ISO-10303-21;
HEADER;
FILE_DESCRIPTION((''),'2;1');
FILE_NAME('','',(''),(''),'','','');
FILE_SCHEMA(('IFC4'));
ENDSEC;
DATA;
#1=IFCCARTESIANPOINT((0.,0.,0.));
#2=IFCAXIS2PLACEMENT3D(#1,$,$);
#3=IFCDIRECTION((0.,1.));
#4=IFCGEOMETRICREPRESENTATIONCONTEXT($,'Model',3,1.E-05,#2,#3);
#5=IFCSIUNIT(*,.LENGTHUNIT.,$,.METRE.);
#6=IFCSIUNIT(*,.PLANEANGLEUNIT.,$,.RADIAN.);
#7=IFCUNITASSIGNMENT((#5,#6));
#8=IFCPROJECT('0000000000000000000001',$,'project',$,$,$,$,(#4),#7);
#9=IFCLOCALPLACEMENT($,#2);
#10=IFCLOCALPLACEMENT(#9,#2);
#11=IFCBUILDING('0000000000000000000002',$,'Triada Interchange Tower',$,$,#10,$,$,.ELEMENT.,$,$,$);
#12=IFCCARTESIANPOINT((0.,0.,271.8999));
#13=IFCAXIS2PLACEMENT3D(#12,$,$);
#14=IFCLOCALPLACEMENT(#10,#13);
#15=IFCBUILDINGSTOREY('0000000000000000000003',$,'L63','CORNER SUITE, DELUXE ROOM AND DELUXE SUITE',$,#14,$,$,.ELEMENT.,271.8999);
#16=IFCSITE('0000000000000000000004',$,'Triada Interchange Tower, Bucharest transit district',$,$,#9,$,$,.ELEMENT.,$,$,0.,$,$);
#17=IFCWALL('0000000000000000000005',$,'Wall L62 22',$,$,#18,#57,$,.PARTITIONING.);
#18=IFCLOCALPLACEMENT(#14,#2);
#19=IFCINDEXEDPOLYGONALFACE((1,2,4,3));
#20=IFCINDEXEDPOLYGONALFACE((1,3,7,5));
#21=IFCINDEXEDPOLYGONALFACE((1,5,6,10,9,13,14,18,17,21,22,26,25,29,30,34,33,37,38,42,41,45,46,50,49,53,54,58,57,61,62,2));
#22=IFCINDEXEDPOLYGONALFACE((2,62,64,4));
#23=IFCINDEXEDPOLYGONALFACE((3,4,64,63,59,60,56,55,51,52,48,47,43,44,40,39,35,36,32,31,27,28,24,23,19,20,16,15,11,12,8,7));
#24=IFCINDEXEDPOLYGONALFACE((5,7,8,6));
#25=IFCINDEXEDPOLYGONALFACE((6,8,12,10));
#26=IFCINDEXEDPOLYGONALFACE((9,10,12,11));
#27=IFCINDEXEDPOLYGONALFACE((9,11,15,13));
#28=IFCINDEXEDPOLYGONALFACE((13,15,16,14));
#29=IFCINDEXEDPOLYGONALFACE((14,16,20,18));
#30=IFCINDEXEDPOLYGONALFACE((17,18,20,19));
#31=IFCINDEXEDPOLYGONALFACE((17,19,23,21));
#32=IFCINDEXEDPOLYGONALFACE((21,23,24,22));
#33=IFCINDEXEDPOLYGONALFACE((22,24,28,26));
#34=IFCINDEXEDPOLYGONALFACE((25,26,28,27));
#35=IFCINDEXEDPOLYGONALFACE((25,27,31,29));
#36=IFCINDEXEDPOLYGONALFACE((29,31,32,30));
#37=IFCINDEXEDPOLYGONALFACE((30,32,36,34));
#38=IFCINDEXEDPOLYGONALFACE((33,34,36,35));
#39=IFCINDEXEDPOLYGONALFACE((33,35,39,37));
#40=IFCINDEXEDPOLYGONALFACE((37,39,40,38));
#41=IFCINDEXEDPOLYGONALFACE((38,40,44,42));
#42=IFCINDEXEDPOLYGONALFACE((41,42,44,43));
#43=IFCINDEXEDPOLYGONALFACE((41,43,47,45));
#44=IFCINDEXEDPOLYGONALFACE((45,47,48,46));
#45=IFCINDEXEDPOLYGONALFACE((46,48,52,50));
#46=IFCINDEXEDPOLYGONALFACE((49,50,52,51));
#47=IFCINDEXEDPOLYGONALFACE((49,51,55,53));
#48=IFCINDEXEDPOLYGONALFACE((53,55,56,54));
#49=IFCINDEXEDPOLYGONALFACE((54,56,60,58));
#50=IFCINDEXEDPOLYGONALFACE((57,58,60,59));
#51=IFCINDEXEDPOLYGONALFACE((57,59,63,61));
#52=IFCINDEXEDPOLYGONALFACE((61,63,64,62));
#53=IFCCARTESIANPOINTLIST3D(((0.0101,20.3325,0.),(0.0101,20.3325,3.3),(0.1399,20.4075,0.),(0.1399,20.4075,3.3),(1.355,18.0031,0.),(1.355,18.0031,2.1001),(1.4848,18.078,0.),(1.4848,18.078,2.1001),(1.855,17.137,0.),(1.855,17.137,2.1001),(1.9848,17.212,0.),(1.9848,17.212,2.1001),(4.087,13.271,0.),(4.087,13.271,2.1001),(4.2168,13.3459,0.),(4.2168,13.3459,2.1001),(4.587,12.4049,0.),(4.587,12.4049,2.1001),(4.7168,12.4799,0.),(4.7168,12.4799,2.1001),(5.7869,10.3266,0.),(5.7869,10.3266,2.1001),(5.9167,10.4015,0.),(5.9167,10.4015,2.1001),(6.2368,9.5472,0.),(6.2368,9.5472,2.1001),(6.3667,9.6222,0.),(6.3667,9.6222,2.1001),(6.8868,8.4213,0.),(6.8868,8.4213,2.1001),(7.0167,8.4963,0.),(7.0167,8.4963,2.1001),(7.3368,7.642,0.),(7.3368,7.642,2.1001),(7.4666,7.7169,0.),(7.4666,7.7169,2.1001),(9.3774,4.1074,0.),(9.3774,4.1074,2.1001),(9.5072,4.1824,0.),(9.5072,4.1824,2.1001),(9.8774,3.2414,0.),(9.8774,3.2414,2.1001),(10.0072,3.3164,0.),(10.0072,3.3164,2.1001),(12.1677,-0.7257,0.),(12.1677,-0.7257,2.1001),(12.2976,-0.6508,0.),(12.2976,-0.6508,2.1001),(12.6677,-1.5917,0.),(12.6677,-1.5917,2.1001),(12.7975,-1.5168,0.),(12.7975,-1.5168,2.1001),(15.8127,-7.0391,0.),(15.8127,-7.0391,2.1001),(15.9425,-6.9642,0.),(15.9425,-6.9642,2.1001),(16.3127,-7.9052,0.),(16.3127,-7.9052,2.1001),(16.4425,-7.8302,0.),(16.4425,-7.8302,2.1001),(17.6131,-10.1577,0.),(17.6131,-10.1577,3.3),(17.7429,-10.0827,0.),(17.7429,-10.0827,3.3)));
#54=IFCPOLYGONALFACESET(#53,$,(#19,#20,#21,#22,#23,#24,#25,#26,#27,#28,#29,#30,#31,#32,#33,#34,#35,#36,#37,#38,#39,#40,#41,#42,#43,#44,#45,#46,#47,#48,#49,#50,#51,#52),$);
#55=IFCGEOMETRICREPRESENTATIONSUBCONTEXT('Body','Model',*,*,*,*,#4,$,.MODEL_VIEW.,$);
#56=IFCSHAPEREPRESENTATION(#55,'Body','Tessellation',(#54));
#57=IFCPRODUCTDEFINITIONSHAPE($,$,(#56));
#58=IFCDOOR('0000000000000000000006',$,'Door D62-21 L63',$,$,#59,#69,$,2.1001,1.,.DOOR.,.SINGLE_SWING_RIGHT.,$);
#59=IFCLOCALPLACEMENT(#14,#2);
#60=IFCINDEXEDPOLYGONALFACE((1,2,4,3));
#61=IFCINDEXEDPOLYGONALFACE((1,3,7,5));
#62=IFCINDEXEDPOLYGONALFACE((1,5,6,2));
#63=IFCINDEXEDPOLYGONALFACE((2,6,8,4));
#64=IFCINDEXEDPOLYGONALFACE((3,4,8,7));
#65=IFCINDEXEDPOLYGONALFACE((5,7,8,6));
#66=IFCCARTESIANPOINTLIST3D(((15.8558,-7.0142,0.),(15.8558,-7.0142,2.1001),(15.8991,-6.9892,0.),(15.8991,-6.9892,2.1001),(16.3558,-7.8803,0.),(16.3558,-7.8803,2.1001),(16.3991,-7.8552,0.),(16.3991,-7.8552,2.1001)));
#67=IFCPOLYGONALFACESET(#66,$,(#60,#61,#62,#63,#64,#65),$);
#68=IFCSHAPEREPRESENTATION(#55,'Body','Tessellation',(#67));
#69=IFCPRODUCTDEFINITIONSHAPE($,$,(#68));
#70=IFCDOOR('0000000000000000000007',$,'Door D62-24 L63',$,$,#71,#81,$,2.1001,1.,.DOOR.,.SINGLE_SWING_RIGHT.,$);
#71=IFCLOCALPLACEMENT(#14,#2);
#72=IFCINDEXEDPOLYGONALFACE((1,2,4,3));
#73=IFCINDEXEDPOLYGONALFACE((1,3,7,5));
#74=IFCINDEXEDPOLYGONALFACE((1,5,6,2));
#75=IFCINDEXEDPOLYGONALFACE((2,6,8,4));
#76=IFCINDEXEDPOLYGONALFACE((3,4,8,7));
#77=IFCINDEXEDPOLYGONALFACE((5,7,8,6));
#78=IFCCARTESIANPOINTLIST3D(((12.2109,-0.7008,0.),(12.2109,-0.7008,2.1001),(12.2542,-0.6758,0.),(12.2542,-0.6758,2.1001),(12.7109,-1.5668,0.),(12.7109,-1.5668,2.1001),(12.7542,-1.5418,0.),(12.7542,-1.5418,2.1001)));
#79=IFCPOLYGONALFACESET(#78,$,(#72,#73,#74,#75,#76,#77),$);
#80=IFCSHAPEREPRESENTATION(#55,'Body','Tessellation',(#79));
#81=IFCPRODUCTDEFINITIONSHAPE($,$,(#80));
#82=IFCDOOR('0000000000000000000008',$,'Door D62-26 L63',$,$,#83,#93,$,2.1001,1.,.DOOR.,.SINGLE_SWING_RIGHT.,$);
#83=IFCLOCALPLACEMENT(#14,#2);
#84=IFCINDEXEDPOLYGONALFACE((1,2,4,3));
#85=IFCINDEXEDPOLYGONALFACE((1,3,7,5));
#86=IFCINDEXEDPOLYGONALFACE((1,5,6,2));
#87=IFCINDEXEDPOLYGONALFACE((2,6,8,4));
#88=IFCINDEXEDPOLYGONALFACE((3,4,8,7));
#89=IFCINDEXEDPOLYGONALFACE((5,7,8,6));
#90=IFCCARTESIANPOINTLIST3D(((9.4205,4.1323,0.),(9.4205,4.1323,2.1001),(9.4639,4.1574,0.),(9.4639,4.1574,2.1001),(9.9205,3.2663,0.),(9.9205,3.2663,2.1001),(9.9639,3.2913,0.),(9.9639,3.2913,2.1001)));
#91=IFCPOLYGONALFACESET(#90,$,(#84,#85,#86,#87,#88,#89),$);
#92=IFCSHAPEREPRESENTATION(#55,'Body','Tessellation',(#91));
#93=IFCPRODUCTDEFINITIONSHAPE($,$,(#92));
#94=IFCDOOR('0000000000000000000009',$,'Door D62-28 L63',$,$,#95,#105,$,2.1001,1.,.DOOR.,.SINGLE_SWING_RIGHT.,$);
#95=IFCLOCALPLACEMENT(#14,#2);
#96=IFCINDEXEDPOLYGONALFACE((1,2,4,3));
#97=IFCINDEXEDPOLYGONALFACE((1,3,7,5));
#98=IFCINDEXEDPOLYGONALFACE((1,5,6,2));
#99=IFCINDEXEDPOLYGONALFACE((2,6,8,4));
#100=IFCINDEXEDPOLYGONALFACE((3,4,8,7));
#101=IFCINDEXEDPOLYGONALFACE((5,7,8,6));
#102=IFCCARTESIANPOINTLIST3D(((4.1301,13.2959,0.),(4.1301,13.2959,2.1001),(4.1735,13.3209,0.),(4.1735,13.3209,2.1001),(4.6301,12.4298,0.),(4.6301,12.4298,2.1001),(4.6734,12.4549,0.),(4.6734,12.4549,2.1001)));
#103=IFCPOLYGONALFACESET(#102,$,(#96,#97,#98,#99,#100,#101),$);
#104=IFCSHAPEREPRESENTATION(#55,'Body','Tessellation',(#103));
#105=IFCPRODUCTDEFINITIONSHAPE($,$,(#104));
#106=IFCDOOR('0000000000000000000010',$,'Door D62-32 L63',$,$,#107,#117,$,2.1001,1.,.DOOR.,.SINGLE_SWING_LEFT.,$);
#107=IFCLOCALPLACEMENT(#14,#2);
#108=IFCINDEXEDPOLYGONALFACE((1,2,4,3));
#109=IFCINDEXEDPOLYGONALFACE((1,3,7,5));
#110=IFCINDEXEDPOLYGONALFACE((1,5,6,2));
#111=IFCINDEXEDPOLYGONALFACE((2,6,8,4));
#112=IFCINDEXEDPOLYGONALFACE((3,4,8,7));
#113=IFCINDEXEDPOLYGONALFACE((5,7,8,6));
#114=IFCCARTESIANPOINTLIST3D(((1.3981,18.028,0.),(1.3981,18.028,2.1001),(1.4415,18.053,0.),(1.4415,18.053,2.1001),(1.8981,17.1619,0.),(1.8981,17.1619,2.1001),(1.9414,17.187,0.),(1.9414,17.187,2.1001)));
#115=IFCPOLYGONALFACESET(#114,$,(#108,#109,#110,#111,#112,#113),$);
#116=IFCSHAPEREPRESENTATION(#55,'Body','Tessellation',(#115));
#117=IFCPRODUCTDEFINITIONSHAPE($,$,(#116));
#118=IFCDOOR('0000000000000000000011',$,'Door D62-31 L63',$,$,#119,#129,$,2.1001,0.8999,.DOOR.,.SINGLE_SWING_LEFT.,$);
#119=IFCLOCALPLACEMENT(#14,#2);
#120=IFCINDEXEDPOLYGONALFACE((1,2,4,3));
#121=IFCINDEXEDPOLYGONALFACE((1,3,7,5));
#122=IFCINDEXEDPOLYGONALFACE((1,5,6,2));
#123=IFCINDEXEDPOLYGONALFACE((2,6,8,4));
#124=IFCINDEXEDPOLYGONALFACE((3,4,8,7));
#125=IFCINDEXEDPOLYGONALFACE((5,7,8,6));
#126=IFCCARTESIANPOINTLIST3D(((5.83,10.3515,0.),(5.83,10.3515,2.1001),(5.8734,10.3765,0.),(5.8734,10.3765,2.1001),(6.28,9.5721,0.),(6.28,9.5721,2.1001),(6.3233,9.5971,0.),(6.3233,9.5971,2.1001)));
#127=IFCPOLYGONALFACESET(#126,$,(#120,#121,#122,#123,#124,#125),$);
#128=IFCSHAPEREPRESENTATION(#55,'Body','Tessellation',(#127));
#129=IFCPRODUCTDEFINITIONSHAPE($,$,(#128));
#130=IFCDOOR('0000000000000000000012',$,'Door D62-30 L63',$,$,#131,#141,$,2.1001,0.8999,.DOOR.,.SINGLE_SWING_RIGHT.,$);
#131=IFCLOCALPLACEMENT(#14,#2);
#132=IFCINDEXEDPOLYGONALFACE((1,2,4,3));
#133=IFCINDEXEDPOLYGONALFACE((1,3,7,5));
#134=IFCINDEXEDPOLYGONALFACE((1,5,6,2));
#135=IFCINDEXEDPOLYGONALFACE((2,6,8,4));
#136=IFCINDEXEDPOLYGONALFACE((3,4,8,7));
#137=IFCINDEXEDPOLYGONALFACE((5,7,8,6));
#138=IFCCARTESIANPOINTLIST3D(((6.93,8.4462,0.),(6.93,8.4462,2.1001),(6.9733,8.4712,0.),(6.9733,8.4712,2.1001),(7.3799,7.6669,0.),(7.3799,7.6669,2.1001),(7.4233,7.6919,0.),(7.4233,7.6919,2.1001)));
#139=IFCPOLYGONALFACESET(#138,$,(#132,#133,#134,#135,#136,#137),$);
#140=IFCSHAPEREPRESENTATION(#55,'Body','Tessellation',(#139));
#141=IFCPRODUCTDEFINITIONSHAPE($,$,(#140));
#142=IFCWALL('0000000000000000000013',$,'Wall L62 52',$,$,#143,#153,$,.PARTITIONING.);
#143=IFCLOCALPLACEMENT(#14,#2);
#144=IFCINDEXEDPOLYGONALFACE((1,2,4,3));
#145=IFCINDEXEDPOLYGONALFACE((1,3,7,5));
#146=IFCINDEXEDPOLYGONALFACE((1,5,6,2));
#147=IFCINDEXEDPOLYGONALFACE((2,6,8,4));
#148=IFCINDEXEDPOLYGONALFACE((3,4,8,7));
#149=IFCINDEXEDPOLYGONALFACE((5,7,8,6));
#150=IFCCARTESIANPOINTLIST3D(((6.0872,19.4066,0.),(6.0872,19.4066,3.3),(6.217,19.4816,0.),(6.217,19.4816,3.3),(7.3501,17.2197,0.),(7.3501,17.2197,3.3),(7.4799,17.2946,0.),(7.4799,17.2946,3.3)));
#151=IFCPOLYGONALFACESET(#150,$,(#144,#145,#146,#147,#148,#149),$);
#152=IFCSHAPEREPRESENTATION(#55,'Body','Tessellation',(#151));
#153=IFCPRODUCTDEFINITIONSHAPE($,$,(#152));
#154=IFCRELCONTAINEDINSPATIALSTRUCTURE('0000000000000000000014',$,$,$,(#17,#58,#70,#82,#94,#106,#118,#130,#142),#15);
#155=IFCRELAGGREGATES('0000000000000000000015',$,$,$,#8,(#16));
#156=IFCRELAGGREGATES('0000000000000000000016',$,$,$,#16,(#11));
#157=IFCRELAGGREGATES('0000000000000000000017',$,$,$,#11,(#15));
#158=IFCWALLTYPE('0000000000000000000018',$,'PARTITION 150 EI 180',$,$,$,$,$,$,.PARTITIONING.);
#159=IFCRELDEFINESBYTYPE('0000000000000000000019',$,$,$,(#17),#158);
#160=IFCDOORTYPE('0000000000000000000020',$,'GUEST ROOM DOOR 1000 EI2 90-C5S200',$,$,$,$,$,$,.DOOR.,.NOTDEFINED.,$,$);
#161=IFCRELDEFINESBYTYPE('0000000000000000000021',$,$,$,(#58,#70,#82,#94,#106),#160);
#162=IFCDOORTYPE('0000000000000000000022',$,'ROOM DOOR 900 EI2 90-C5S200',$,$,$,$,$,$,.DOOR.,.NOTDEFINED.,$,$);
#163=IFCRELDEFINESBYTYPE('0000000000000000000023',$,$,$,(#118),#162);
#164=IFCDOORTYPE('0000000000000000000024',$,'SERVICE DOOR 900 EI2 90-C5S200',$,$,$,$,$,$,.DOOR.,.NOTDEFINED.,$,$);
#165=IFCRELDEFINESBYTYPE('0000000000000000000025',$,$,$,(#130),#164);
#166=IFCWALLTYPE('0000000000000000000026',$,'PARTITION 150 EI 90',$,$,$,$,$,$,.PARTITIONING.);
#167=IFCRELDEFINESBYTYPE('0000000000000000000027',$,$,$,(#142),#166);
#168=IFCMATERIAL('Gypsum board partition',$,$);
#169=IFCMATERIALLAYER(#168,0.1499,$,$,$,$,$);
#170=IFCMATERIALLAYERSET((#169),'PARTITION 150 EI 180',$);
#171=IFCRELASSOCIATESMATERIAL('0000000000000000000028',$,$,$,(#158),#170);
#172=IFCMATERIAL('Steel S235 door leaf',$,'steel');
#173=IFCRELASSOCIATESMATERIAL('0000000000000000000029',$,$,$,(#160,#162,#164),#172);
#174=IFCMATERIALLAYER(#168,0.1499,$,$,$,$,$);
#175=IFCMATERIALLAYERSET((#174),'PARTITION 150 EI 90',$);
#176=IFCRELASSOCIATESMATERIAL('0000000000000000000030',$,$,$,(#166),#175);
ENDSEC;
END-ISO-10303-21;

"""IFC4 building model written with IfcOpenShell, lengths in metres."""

from ifc_helpers import new_model, si_unit, direction, frame, frame_2d, origin, place, context, subcontext, project, spatial, rectangle, extrude, material, layer, layer_set, type_object, element, fill, save


model = new_model("IFC4")

# Units and contexts
model_context = context("Model", 3, precision=1e-05, world=origin(), true_north=direction((0.0, 1.0)))
body_context = subcontext(model_context, "Body", "Model", "MODEL_VIEW")
ifc_project = project(units=[si_unit("LENGTHUNIT", "METRE"), si_unit("PLANEANGLEUNIT", "RADIAN")], contexts=[model_context])

# Site, building, storey
site_placement = place(None, origin())
site = spatial("IfcSite", under=ifc_project, at=site_placement, Name="Triada Interchange Tower, Bucharest transit district", CompositionType="ELEMENT", RefElevation=0.0)
building_placement = place(site_placement, origin())
building = spatial("IfcBuilding", under=site, at=building_placement, Name="Triada Interchange Tower", CompositionType="ELEMENT")
storey_placement = place(building_placement, frame((0.0, 0.0, 271.8999)))
storey = spatial("IfcBuildingStorey", under=building, at=storey_placement, Name="L63", Description="CORNER SUITE, DELUXE ROOM AND DELUXE SUITE", CompositionType="ELEMENT", Elevation=271.8999)

# Shared definitions
ifc_material_1 = material(Name="Gypsum board partition")
ifc_layer_1 = layer(ifc_material_1, 0.1499)
ifc_layer_set_1 = layer_set([ifc_layer_1], Name="PARTITION 150 EI 180")
wall_type_1 = type_object("IfcWallType", Name="PARTITION 150 EI 180", PredefinedType="PARTITIONING", material=ifc_layer_set_1)

# Wall, openings, doors
wall_1_placement = place(storey_placement, frame((0.075, 20.3701, 0.0), z_axis=(0.0, 0.0, 1.0), x_axis=(0.499989, -0.866032, 0.0)))
wall_1 = element("IfcWall", 1, at=wall_1_placement, inside=storey, type_object=wall_type_1, Name="Wall L62 22", PredefinedType="PARTITIONING", context=body_context, shape_type="SweptSolid", body=[
    extrude(rectangle(XDim=35.2068, YDim=0.1499, at=frame_2d((17.6035, 0.0))), origin(), (0.0, 0.0, 1.0), 3.3),
])
opening_1_placement = place(wall_1_placement, frame((31.606, 0.0, 0.0)))
opening_1 = element("IfcOpeningElement", 2, at=opening_1_placement, cuts=wall_1, PredefinedType="OPENING", context=body_context, shape_type="SweptSolid", body=[
    extrude(rectangle(XDim=1.0, YDim=2.1001, at=frame_2d((0.5, 1.05))), frame((0.0, 0.085, 0.0), z_axis=(0.0, -1.0, 0.0), x_axis=(1.0, 0.0, 0.0)), (0.0, 0.0, 1.0), 0.1699),
])
opening_2_placement = place(wall_1_placement, frame((24.3159, 0.0, 0.0)))
opening_2 = element("IfcOpeningElement", 3, at=opening_2_placement, cuts=wall_1, PredefinedType="OPENING", context=body_context, shape_type="SweptSolid", body=[
    extrude(rectangle(XDim=1.0, YDim=2.1001, at=frame_2d((0.5, 1.05))), frame((0.0, 0.085, 0.0), z_axis=(0.0, -1.0, 0.0), x_axis=(1.0, 0.0, 0.0)), (0.0, 0.0, 1.0), 0.1699),
])
opening_3_placement = place(wall_1_placement, frame((18.7351, 0.0, 0.0)))
opening_3 = element("IfcOpeningElement", 4, at=opening_3_placement, cuts=wall_1, PredefinedType="OPENING", context=body_context, shape_type="SweptSolid", body=[
    extrude(rectangle(XDim=1.0, YDim=2.1001, at=frame_2d((0.5, 1.05))), frame((0.0, 0.085, 0.0), z_axis=(0.0, -1.0, 0.0), x_axis=(1.0, 0.0, 0.0)), (0.0, 0.0, 1.0), 0.1699),
])
opening_4_placement = place(wall_1_placement, frame((8.1541, 0.0, 0.0)))
opening_4 = element("IfcOpeningElement", 5, at=opening_4_placement, cuts=wall_1, PredefinedType="OPENING", context=body_context, shape_type="SweptSolid", body=[
    extrude(rectangle(XDim=1.0, YDim=2.1001, at=frame_2d((0.5, 1.05))), frame((0.0, 0.085, 0.0), z_axis=(0.0, -1.0, 0.0), x_axis=(1.0, 0.0, 0.0)), (0.0, 0.0, 1.0), 0.1699),
])
opening_5_placement = place(wall_1_placement, frame((13.7539, 0.0, 0.0)))
opening_5 = element("IfcOpeningElement", 6, at=opening_5_placement, cuts=wall_1, PredefinedType="OPENING", context=body_context, shape_type="SweptSolid", body=[
    extrude(rectangle(XDim=0.8999, YDim=2.1001, at=frame_2d((0.45, 1.05))), frame((0.0, 0.085, 0.0), z_axis=(0.0, -1.0, 0.0), x_axis=(1.0, 0.0, 0.0)), (0.0, 0.0, 1.0), 0.1699),
])
opening_6_placement = place(wall_1_placement, frame((11.554, 0.0, 0.0)))
opening_6 = element("IfcOpeningElement", 7, at=opening_6_placement, cuts=wall_1, PredefinedType="OPENING", context=body_context, shape_type="SweptSolid", body=[
    extrude(rectangle(XDim=0.8999, YDim=2.1001, at=frame_2d((0.45, 1.05))), frame((0.0, 0.085, 0.0), z_axis=(0.0, -1.0, 0.0), x_axis=(1.0, 0.0, 0.0)), (0.0, 0.0, 1.0), 0.1699),
])
opening_7_placement = place(wall_1_placement, frame((2.6899, 0.0, 0.0)))
opening_7 = element("IfcOpeningElement", 8, at=opening_7_placement, cuts=wall_1, PredefinedType="OPENING", context=body_context, shape_type="SweptSolid", body=[
    extrude(rectangle(XDim=1.0, YDim=2.1001, at=frame_2d((0.5, 1.05))), frame((0.0, 0.085, 0.0), z_axis=(0.0, -1.0, 0.0), x_axis=(1.0, 0.0, 0.0)), (0.0, 0.0, 1.0), 0.1699),
])
ifc_material_2 = material(Name="Steel S235 door leaf", Category="steel")
door_type_1 = type_object("IfcDoorType", Name="GUEST ROOM DOOR 1000 EI2 90-C5S200", OperationType="NOTDEFINED", PredefinedType="DOOR", material=ifc_material_2)
door_1_placement = place(opening_1_placement, origin())
door_1 = element("IfcDoor", 9, at=door_1_placement, inside=storey, type_object=door_type_1, Name="Door D62-21 L63", OperationType="SINGLE_SWING_RIGHT", OverallHeight=2.1001, OverallWidth=1.0, PredefinedType="DOOR", context=body_context, shape_type="SweptSolid", body=[
    extrude(rectangle(XDim=1.0, YDim=2.1001, at=frame_2d((0.5, 1.05))), frame((0.0, 0.0249, 0.0), z_axis=(0.0, -1.0, 0.0), x_axis=(1.0, 0.0, 0.0)), (0.0, 0.0, 1.0), 0.05),
])
fill(opening_1, door_1)
door_2_placement = place(opening_2_placement, origin())
door_2 = element("IfcDoor", 10, at=door_2_placement, inside=storey, type_object=door_type_1, Name="Door D62-24 L63", OperationType="SINGLE_SWING_RIGHT", OverallHeight=2.1001, OverallWidth=1.0, PredefinedType="DOOR", context=body_context, shape_type="SweptSolid", body=[
    extrude(rectangle(XDim=1.0, YDim=2.1001, at=frame_2d((0.5, 1.05))), frame((0.0, 0.0249, 0.0), z_axis=(0.0, -1.0, 0.0), x_axis=(1.0, 0.0, 0.0)), (0.0, 0.0, 1.0), 0.05),
])
fill(opening_2, door_2)
door_3_placement = place(opening_3_placement, origin())
door_3 = element("IfcDoor", 11, at=door_3_placement, inside=storey, type_object=door_type_1, Name="Door D62-26 L63", OperationType="SINGLE_SWING_RIGHT", OverallHeight=2.1001, OverallWidth=1.0, PredefinedType="DOOR", context=body_context, shape_type="SweptSolid", body=[
    extrude(rectangle(XDim=1.0, YDim=2.1001, at=frame_2d((0.5, 1.05))), frame((0.0, 0.0249, 0.0), z_axis=(0.0, -1.0, 0.0), x_axis=(1.0, 0.0, 0.0)), (0.0, 0.0, 1.0), 0.05),
])
fill(opening_3, door_3)
door_4_placement = place(opening_4_placement, origin())
door_4 = element("IfcDoor", 12, at=door_4_placement, inside=storey, type_object=door_type_1, Name="Door D62-28 L63", OperationType="SINGLE_SWING_RIGHT", OverallHeight=2.1001, OverallWidth=1.0, PredefinedType="DOOR", context=body_context, shape_type="SweptSolid", body=[
    extrude(rectangle(XDim=1.0, YDim=2.1001, at=frame_2d((0.5, 1.05))), frame((0.0, 0.0249, 0.0), z_axis=(0.0, -1.0, 0.0), x_axis=(1.0, 0.0, 0.0)), (0.0, 0.0, 1.0), 0.05),
])
fill(opening_4, door_4)
door_5_placement = place(opening_7_placement, origin())
door_5 = element("IfcDoor", 13, at=door_5_placement, inside=storey, type_object=door_type_1, Name="Door D62-32 L63", OperationType="SINGLE_SWING_LEFT", OverallHeight=2.1001, OverallWidth=1.0, PredefinedType="DOOR", context=body_context, shape_type="SweptSolid", body=[
    extrude(rectangle(XDim=1.0, YDim=2.1001, at=frame_2d((0.5, 1.05))), frame((0.0, 0.0249, 0.0), z_axis=(0.0, -1.0, 0.0), x_axis=(1.0, 0.0, 0.0)), (0.0, 0.0, 1.0), 0.05),
])
fill(opening_7, door_5)
door_type_2 = type_object("IfcDoorType", Name="ROOM DOOR 900 EI2 90-C5S200", OperationType="NOTDEFINED", PredefinedType="DOOR", material=ifc_material_2)
door_6_placement = place(opening_6_placement, origin())
door_6 = element("IfcDoor", 14, at=door_6_placement, inside=storey, type_object=door_type_2, Name="Door D62-31 L63", OperationType="SINGLE_SWING_LEFT", OverallHeight=2.1001, OverallWidth=0.8999, PredefinedType="DOOR", context=body_context, shape_type="SweptSolid", body=[
    extrude(rectangle(XDim=0.8999, YDim=2.1001, at=frame_2d((0.45, 1.05))), frame((0.0, 0.0249, 0.0), z_axis=(0.0, -1.0, 0.0), x_axis=(1.0, 0.0, 0.0)), (0.0, 0.0, 1.0), 0.05),
])
fill(opening_6, door_6)
door_type_3 = type_object("IfcDoorType", Name="SERVICE DOOR 900 EI2 90-C5S200", OperationType="NOTDEFINED", PredefinedType="DOOR", material=ifc_material_2)
door_7_placement = place(opening_5_placement, origin())
door_7 = element("IfcDoor", 15, at=door_7_placement, inside=storey, type_object=door_type_3, Name="Door D62-30 L63", OperationType="SINGLE_SWING_RIGHT", OverallHeight=2.1001, OverallWidth=0.8999, PredefinedType="DOOR", context=body_context, shape_type="SweptSolid", body=[
    extrude(rectangle(XDim=0.8999, YDim=2.1001, at=frame_2d((0.45, 1.05))), frame((0.0, 0.0249, 0.0), z_axis=(0.0, -1.0, 0.0), x_axis=(1.0, 0.0, 0.0)), (0.0, 0.0, 1.0), 0.05),
])
fill(opening_5, door_7)

# Wall
ifc_layer_2 = layer(ifc_material_1, 0.1499)
ifc_layer_set_2 = layer_set([ifc_layer_2], Name="PARTITION 150 EI 90")
wall_type_2 = type_object("IfcWallType", Name="PARTITION 150 EI 90", PredefinedType="PARTITIONING", material=ifc_layer_set_2)
wall_2_placement = place(storey_placement, frame((6.1521, 19.4441, 0.0), z_axis=(0.0, 0.0, 1.0), x_axis=(0.500079, -0.86598, 0.0)))
element("IfcWall", 16, at=wall_2_placement, inside=storey, type_object=wall_type_2, Name="Wall L62 52", PredefinedType="PARTITIONING", context=body_context, shape_type="SweptSolid", body=[
    extrude(rectangle(XDim=2.5254, YDim=0.1499, at=frame_2d((1.2627, 0.0))), origin(), (0.0, 0.0, 1.0), 3.3),
])

save(model, "model.ifc")
